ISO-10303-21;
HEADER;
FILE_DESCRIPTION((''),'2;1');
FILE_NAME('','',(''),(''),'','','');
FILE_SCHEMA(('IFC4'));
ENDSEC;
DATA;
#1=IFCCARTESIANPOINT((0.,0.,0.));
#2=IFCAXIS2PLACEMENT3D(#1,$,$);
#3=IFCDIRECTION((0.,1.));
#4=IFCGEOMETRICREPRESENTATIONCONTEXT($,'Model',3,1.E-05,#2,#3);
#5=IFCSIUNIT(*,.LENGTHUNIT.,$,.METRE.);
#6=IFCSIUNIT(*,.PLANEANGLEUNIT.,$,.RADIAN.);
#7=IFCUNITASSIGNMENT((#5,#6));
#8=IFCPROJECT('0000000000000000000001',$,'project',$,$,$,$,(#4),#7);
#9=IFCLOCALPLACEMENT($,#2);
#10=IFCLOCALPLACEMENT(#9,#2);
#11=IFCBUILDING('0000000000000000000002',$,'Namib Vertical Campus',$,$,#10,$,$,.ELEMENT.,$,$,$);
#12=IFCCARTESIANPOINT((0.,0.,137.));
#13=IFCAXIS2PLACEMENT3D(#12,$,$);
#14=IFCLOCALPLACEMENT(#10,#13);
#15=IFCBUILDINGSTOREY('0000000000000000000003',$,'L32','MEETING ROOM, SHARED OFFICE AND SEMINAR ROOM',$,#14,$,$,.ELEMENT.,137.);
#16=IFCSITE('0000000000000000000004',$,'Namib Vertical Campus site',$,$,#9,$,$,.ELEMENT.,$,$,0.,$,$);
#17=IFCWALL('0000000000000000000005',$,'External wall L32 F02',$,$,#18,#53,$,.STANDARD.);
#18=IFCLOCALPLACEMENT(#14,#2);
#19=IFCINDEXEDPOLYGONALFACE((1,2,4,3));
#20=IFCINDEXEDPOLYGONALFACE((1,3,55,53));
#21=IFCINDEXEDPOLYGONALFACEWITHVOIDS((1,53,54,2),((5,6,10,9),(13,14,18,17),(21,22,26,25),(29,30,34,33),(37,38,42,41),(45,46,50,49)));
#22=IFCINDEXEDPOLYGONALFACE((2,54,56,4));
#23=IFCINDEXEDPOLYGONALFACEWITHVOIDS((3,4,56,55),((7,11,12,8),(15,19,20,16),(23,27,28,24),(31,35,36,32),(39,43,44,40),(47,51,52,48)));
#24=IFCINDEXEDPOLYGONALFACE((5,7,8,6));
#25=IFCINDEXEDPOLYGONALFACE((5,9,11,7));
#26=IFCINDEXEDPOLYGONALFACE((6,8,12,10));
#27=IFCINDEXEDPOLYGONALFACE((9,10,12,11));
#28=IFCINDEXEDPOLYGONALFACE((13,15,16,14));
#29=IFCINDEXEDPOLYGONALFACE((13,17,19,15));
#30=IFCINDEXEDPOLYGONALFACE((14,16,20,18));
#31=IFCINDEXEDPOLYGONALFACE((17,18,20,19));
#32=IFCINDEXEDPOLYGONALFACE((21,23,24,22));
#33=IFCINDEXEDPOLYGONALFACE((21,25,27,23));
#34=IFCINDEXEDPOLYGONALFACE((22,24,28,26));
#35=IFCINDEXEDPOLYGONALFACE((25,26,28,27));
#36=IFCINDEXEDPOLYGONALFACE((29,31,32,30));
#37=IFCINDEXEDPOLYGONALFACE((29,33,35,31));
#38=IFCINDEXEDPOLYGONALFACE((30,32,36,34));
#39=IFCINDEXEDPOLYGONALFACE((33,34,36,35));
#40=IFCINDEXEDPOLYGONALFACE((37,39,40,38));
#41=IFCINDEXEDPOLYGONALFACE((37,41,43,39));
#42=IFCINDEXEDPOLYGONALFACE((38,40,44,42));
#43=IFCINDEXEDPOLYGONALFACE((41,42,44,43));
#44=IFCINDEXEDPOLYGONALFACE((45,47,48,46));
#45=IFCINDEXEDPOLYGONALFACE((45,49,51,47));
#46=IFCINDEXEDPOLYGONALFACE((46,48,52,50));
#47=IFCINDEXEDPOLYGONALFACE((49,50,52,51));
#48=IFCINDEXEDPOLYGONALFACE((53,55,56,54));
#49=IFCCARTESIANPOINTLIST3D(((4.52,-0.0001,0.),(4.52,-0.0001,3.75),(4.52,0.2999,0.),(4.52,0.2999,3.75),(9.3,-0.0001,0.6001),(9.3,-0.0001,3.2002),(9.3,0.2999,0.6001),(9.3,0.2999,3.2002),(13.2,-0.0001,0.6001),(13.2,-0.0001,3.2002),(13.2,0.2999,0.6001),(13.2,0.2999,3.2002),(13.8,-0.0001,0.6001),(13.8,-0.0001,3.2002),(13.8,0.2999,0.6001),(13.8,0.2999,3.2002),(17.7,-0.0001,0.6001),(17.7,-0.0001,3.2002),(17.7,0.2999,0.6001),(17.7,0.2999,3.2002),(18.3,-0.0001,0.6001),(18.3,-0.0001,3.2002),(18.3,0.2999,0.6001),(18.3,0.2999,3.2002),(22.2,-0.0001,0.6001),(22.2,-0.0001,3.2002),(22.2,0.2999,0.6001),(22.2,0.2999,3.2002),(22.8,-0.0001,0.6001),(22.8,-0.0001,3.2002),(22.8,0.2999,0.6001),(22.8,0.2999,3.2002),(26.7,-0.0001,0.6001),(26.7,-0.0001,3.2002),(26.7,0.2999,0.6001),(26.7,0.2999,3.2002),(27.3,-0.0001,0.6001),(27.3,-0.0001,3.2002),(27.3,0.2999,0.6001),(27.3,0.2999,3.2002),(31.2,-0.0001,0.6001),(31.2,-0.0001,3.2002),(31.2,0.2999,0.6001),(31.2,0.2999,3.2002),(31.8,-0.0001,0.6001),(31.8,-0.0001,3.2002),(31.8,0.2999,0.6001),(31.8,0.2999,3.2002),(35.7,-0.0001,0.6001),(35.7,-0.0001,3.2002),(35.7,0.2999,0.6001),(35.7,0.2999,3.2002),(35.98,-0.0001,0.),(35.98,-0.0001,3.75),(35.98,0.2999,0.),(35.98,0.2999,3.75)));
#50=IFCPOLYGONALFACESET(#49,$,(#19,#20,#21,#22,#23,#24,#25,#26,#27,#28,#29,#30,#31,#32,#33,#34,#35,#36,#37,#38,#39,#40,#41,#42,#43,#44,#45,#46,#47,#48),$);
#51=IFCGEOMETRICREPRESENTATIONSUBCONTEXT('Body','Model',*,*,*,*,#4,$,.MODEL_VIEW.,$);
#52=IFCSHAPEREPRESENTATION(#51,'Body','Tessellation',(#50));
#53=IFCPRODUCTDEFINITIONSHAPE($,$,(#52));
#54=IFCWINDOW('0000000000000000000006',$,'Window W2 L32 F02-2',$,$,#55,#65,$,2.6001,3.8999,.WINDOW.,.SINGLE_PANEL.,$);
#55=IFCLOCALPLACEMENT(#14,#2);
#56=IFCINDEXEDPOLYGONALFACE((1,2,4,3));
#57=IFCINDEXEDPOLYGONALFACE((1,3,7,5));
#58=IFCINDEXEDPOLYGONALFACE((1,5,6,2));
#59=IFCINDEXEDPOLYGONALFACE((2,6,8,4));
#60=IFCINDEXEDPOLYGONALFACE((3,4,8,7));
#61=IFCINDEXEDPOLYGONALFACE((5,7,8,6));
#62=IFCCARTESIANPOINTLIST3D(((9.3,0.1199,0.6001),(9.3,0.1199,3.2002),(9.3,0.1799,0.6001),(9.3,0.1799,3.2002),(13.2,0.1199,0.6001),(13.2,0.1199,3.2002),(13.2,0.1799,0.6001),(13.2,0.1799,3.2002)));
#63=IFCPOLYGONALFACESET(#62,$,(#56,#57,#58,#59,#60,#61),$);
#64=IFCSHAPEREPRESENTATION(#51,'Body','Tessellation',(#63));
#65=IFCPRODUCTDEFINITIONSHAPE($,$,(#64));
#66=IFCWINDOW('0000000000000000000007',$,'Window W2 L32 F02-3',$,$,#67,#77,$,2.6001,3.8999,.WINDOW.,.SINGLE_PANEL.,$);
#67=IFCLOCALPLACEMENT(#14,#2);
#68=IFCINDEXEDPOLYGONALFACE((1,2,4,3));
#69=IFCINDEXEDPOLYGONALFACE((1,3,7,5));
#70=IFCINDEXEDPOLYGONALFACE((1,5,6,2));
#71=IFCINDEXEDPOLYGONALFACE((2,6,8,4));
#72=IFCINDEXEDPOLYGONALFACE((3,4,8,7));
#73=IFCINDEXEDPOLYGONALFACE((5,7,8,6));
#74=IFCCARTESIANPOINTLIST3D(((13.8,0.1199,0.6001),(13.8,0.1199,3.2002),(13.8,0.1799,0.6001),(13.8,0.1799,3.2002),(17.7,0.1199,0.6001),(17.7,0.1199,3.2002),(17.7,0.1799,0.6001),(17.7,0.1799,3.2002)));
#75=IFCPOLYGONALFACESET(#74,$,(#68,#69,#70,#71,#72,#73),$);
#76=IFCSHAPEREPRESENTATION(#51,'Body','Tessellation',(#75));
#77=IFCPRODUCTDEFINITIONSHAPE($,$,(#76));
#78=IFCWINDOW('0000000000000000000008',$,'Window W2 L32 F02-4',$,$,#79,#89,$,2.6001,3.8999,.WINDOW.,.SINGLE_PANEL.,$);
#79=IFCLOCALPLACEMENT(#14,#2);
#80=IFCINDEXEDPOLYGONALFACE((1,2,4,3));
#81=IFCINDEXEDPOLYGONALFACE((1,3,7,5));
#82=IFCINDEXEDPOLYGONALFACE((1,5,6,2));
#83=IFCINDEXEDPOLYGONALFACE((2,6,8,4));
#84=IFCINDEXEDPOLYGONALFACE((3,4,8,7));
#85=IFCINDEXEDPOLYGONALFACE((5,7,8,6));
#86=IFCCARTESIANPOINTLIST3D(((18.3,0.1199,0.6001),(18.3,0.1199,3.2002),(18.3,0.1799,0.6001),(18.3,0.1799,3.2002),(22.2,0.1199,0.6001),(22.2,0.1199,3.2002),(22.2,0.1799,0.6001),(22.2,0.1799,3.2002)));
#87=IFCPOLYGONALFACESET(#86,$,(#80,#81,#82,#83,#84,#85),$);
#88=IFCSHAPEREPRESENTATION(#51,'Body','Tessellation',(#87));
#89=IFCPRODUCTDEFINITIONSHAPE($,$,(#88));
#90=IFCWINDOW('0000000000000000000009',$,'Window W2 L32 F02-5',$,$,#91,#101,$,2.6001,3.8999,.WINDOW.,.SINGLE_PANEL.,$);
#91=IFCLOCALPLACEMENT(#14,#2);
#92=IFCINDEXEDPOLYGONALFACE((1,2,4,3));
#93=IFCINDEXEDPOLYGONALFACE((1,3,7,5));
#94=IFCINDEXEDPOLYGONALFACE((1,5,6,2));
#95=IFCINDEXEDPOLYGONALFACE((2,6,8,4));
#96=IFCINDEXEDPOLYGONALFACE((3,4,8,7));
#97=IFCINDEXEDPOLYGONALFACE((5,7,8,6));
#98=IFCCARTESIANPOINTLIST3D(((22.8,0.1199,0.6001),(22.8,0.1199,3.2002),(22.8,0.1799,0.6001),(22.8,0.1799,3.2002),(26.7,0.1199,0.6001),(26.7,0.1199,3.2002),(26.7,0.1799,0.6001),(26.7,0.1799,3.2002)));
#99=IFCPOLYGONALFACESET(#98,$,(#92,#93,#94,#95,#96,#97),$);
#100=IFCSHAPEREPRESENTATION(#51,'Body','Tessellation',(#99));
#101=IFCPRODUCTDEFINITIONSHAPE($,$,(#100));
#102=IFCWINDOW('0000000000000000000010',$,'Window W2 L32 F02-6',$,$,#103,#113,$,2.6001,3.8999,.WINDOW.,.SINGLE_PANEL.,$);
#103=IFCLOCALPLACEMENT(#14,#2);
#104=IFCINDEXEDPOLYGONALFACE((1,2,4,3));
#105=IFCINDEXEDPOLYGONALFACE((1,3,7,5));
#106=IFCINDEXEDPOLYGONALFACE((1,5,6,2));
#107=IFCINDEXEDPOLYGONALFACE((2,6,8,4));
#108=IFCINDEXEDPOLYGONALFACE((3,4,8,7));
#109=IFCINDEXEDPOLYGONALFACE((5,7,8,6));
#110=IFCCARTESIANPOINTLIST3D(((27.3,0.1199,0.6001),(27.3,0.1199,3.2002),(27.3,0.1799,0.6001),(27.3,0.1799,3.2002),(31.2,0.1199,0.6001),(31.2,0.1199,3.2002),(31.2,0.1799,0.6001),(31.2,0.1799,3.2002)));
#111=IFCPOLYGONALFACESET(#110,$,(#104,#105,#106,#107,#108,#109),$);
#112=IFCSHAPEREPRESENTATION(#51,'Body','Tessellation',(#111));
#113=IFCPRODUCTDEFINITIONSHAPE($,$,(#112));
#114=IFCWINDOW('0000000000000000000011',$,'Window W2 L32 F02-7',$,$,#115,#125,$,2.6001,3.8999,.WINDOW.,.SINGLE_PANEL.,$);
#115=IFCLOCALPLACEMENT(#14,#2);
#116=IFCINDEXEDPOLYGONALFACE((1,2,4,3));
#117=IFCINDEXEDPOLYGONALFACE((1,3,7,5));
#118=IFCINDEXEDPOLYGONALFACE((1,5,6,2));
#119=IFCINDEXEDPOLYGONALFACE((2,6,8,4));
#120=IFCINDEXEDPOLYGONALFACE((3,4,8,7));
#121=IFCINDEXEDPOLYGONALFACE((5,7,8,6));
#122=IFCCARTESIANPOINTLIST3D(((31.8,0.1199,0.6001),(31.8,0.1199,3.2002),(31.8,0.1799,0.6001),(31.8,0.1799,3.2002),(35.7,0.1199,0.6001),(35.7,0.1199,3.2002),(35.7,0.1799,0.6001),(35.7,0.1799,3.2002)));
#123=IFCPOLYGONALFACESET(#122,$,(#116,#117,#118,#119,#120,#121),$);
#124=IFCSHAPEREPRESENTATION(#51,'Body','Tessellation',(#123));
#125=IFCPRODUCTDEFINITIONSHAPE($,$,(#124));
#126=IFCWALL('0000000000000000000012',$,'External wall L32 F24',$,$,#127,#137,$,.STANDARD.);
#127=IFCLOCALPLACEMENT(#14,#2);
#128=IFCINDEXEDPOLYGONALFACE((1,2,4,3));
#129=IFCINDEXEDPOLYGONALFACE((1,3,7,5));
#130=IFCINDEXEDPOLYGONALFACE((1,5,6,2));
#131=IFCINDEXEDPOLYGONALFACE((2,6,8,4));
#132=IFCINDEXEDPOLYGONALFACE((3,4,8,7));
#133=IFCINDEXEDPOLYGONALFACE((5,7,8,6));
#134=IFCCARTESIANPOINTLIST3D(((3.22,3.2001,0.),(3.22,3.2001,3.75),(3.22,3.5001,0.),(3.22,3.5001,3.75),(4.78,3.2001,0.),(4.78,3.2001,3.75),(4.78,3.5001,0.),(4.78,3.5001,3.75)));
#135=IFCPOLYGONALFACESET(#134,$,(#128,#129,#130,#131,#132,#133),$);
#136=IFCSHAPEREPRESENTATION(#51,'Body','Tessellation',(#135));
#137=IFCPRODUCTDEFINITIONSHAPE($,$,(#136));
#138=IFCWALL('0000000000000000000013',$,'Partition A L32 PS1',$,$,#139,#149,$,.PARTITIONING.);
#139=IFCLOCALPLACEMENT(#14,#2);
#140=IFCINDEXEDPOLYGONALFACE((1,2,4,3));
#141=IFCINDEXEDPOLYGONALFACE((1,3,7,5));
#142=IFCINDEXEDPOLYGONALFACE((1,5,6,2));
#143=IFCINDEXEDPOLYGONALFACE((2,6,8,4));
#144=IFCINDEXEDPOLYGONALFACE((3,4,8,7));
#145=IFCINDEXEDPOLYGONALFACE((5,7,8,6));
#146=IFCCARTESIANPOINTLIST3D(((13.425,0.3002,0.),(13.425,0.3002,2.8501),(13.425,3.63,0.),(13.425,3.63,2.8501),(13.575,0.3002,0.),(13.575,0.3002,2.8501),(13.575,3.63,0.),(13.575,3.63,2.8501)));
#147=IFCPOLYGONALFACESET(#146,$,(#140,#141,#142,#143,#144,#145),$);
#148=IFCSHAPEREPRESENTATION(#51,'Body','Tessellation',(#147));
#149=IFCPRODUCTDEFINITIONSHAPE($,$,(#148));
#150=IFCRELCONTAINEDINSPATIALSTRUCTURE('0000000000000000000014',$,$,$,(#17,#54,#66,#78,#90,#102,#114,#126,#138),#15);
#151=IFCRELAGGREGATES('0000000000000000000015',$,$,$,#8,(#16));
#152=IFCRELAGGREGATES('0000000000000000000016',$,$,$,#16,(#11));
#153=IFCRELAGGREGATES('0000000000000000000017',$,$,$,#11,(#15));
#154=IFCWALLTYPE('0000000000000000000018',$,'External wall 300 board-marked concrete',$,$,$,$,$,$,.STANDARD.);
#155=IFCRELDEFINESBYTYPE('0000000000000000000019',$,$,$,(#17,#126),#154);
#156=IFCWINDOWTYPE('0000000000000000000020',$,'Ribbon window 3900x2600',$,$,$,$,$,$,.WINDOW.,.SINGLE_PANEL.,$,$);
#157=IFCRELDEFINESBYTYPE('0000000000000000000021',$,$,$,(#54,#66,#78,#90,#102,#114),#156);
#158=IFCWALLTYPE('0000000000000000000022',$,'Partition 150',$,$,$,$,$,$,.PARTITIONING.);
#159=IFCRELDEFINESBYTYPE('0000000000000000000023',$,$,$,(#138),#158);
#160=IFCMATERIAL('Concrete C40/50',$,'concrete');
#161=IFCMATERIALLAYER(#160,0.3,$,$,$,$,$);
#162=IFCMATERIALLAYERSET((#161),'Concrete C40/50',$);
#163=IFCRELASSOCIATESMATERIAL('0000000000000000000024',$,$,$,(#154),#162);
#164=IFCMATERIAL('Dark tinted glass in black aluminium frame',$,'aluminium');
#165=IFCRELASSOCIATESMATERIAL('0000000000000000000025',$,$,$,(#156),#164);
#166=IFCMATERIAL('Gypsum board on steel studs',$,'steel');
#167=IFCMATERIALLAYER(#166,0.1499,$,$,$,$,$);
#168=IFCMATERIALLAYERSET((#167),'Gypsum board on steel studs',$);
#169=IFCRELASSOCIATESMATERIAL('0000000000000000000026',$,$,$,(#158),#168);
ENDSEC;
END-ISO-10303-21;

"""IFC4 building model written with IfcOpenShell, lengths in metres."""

from ifc_helpers import new_model, si_unit, direction, frame, frame_2d, origin, place, context, subcontext, project, spatial, rectangle, extrude, material, layer, layer_set, type_object, element, fill, save


model = new_model("IFC4")

# Units and contexts
model_context = context("Model", 3, precision=1e-05, world=origin(), true_north=direction((0.0, 1.0)))
body_context = subcontext(model_context, "Body", "Model", "MODEL_VIEW")
ifc_project = project(units=[si_unit("LENGTHUNIT", "METRE"), si_unit("PLANEANGLEUNIT", "RADIAN")], contexts=[model_context])

# Site, building, storey
site_placement = place(None, origin())
site = spatial("IfcSite", under=ifc_project, at=site_placement, Name="Namib Vertical Campus site", CompositionType="ELEMENT", RefElevation=0.0)
building_placement = place(site_placement, origin())
building = spatial("IfcBuilding", under=site, at=building_placement, Name="Namib Vertical Campus", CompositionType="ELEMENT")
storey_placement = place(building_placement, frame((0.0, 0.0, 137.0)))
storey = spatial("IfcBuildingStorey", under=building, at=storey_placement, Name="L32", Description="MEETING ROOM, SHARED OFFICE AND SEMINAR ROOM", CompositionType="ELEMENT", Elevation=137.0)

# Wall, openings, windows
ifc_material_1 = material(Name="Concrete C40/50", Category="concrete")
ifc_layer_1 = layer(ifc_material_1, 0.3)
ifc_layer_set_1 = layer_set([ifc_layer_1], Name="Concrete C40/50")
wall_type_1 = type_object("IfcWallType", Name="External wall 300 board-marked concrete", PredefinedType="STANDARD", material=ifc_layer_set_1)
wall_1_placement = place(storey_placement, frame((4.52, 0.1499, 0.0), z_axis=(0.0, 0.0, 1.0), x_axis=(1.0, 0.0, 0.0)))
wall_1 = element("IfcWall", 1, at=wall_1_placement, inside=storey, type_object=wall_type_1, Name="External wall L32 F02", PredefinedType="STANDARD", context=body_context, shape_type="SweptSolid", body=[
    extrude(rectangle(XDim=31.46, YDim=0.3, at=frame_2d((15.73, 0.0))), origin(), (0.0, 0.0, 1.0), 3.75),
])
opening_1_placement = place(wall_1_placement, frame((4.78, 0.0, 0.6001)))
opening_1 = element("IfcOpeningElement", 2, at=opening_1_placement, cuts=wall_1, PredefinedType="OPENING", context=body_context, shape_type="SweptSolid", body=[
    extrude(rectangle(XDim=3.8999, YDim=2.6001, at=frame_2d((1.95, 1.3))), frame((0.0, 0.1599, 0.0), z_axis=(0.0, -1.0, 0.0), x_axis=(1.0, 0.0, 0.0)), (0.0, 0.0, 1.0), 0.3201),
])
opening_2_placement = place(wall_1_placement, frame((9.28, 0.0, 0.6001)))
opening_2 = element("IfcOpeningElement", 3, at=opening_2_placement, cuts=wall_1, PredefinedType="OPENING", context=body_context, shape_type="SweptSolid", body=[
    extrude(rectangle(XDim=3.8999, YDim=2.6001, at=frame_2d((1.95, 1.3))), frame((0.0, 0.1599, 0.0), z_axis=(0.0, -1.0, 0.0), x_axis=(1.0, 0.0, 0.0)), (0.0, 0.0, 1.0), 0.3201),
])
opening_3_placement = place(wall_1_placement, frame((13.78, 0.0, 0.6001)))
opening_3 = element("IfcOpeningElement", 4, at=opening_3_placement, cuts=wall_1, PredefinedType="OPENING", context=body_context, shape_type="SweptSolid", body=[
    extrude(rectangle(XDim=3.8999, YDim=2.6001, at=frame_2d((1.95, 1.3))), frame((0.0, 0.1599, 0.0), z_axis=(0.0, -1.0, 0.0), x_axis=(1.0, 0.0, 0.0)), (0.0, 0.0, 1.0), 0.3201),
])
opening_4_placement = place(wall_1_placement, frame((18.28, 0.0, 0.6001)))
opening_4 = element("IfcOpeningElement", 5, at=opening_4_placement, cuts=wall_1, PredefinedType="OPENING", context=body_context, shape_type="SweptSolid", body=[
    extrude(rectangle(XDim=3.8999, YDim=2.6001, at=frame_2d((1.95, 1.3))), frame((0.0, 0.1599, 0.0), z_axis=(0.0, -1.0, 0.0), x_axis=(1.0, 0.0, 0.0)), (0.0, 0.0, 1.0), 0.3201),
])
opening_5_placement = place(wall_1_placement, frame((22.78, 0.0, 0.6001)))
opening_5 = element("IfcOpeningElement", 6, at=opening_5_placement, cuts=wall_1, PredefinedType="OPENING", context=body_context, shape_type="SweptSolid", body=[
    extrude(rectangle(XDim=3.8999, YDim=2.6001, at=frame_2d((1.95, 1.3))), frame((0.0, 0.1599, 0.0), z_axis=(0.0, -1.0, 0.0), x_axis=(1.0, 0.0, 0.0)), (0.0, 0.0, 1.0), 0.3201),
])
opening_6_placement = place(wall_1_placement, frame((27.28, 0.0, 0.6001)))
opening_6 = element("IfcOpeningElement", 7, at=opening_6_placement, cuts=wall_1, PredefinedType="OPENING", context=body_context, shape_type="SweptSolid", body=[
    extrude(rectangle(XDim=3.8999, YDim=2.6001, at=frame_2d((1.95, 1.3))), frame((0.0, 0.1599, 0.0), z_axis=(0.0, -1.0, 0.0), x_axis=(1.0, 0.0, 0.0)), (0.0, 0.0, 1.0), 0.3201),
])
ifc_material_2 = material(Name="Dark tinted glass in black aluminium frame", Category="aluminium")
window_type = type_object("IfcWindowType", Name="Ribbon window 3900x2600", PartitioningType="SINGLE_PANEL", PredefinedType="WINDOW", material=ifc_material_2)
window_1_placement = place(opening_1_placement, origin())
window_1 = element("IfcWindow", 8, at=window_1_placement, inside=storey, type_object=window_type, Name="Window W2 L32 F02-2", OverallHeight=2.6001, OverallWidth=3.8999, PartitioningType="SINGLE_PANEL", PredefinedType="WINDOW", context=body_context, shape_type="SweptSolid", body=[
    extrude(rectangle(XDim=3.8999, YDim=2.6001, at=frame_2d((1.95, 1.3))), frame((0.0, 0.03, 0.0), z_axis=(0.0, -1.0, 0.0), x_axis=(1.0, 0.0, 0.0)), (0.0, 0.0, 1.0), 0.0601),
])
fill(opening_1, window_1)
window_2_placement = place(opening_2_placement, origin())
window_2 = element("IfcWindow", 9, at=window_2_placement, inside=storey, type_object=window_type, Name="Window W2 L32 F02-3", OverallHeight=2.6001, OverallWidth=3.8999, PartitioningType="SINGLE_PANEL", PredefinedType="WINDOW", context=body_context, shape_type="SweptSolid", body=[
    extrude(rectangle(XDim=3.8999, YDim=2.6001, at=frame_2d((1.95, 1.3))), frame((0.0, 0.03, 0.0), z_axis=(0.0, -1.0, 0.0), x_axis=(1.0, 0.0, 0.0)), (0.0, 0.0, 1.0), 0.0601),
])
fill(opening_2, window_2)
window_3_placement = place(opening_3_placement, origin())
window_3 = element("IfcWindow", 10, at=window_3_placement, inside=storey, type_object=window_type, Name="Window W2 L32 F02-4", OverallHeight=2.6001, OverallWidth=3.8999, PartitioningType="SINGLE_PANEL", PredefinedType="WINDOW", context=body_context, shape_type="SweptSolid", body=[
    extrude(rectangle(XDim=3.8999, YDim=2.6001, at=frame_2d((1.95, 1.3))), frame((0.0, 0.03, 0.0), z_axis=(0.0, -1.0, 0.0), x_axis=(1.0, 0.0, 0.0)), (0.0, 0.0, 1.0), 0.0601),
])
fill(opening_3, window_3)
window_4_placement = place(opening_4_placement, origin())
window_4 = element("IfcWindow", 11, at=window_4_placement, inside=storey, type_object=window_type, Name="Window W2 L32 F02-5", OverallHeight=2.6001, OverallWidth=3.8999, PartitioningType="SINGLE_PANEL", PredefinedType="WINDOW", context=body_context, shape_type="SweptSolid", body=[
    extrude(rectangle(XDim=3.8999, YDim=2.6001, at=frame_2d((1.95, 1.3))), frame((0.0, 0.03, 0.0), z_axis=(0.0, -1.0, 0.0), x_axis=(1.0, 0.0, 0.0)), (0.0, 0.0, 1.0), 0.0601),
])
fill(opening_4, window_4)
window_5_placement = place(opening_5_placement, origin())
window_5 = element("IfcWindow", 12, at=window_5_placement, inside=storey, type_object=window_type, Name="Window W2 L32 F02-6", OverallHeight=2.6001, OverallWidth=3.8999, PartitioningType="SINGLE_PANEL", PredefinedType="WINDOW", context=body_context, shape_type="SweptSolid", body=[
    extrude(rectangle(XDim=3.8999, YDim=2.6001, at=frame_2d((1.95, 1.3))), frame((0.0, 0.03, 0.0), z_axis=(0.0, -1.0, 0.0), x_axis=(1.0, 0.0, 0.0)), (0.0, 0.0, 1.0), 0.0601),
])
fill(opening_5, window_5)
window_6_placement = place(opening_6_placement, origin())
window_6 = element("IfcWindow", 13, at=window_6_placement, inside=storey, type_object=window_type, Name="Window W2 L32 F02-7", OverallHeight=2.6001, OverallWidth=3.8999, PartitioningType="SINGLE_PANEL", PredefinedType="WINDOW", context=body_context, shape_type="SweptSolid", body=[
    extrude(rectangle(XDim=3.8999, YDim=2.6001, at=frame_2d((1.95, 1.3))), frame((0.0, 0.03, 0.0), z_axis=(0.0, -1.0, 0.0), x_axis=(1.0, 0.0, 0.0)), (0.0, 0.0, 1.0), 0.0601),
])
fill(opening_6, window_6)

# Walls
wall_2_placement = place(storey_placement, frame((3.22, 3.3501, 0.0), z_axis=(0.0, 0.0, 1.0), x_axis=(1.0, 0.0, 0.0)))
element("IfcWall", 14, at=wall_2_placement, inside=storey, type_object=wall_type_1, Name="External wall L32 F24", PredefinedType="STANDARD", context=body_context, shape_type="SweptSolid", body=[
    extrude(rectangle(XDim=1.5601, YDim=0.3, at=frame_2d((0.78, 0.0))), origin(), (0.0, 0.0, 1.0), 3.75),
])
ifc_material_3 = material(Name="Gypsum board on steel studs", Category="steel")
ifc_layer_2 = layer(ifc_material_3, 0.1499)
ifc_layer_set_2 = layer_set([ifc_layer_2], Name="Gypsum board on steel studs")
wall_type_2 = type_object("IfcWallType", Name="Partition 150", PredefinedType="PARTITIONING", material=ifc_layer_set_2)
wall_3_placement = place(storey_placement, frame((13.5, 0.3, 0.0), z_axis=(0.0, 0.0, 1.0), x_axis=(0.0, 1.0, 0.0)))
element("IfcWall", 15, at=wall_3_placement, inside=storey, type_object=wall_type_2, Name="Partition A L32 PS1", PredefinedType="PARTITIONING", context=body_context, shape_type="SweptSolid", body=[
    extrude(rectangle(XDim=3.3298, YDim=0.1499, at=frame_2d((1.665, 0.0))), origin(), (0.0, 0.0, 1.0), 2.8501),
])

save(model, "model.ifc")
